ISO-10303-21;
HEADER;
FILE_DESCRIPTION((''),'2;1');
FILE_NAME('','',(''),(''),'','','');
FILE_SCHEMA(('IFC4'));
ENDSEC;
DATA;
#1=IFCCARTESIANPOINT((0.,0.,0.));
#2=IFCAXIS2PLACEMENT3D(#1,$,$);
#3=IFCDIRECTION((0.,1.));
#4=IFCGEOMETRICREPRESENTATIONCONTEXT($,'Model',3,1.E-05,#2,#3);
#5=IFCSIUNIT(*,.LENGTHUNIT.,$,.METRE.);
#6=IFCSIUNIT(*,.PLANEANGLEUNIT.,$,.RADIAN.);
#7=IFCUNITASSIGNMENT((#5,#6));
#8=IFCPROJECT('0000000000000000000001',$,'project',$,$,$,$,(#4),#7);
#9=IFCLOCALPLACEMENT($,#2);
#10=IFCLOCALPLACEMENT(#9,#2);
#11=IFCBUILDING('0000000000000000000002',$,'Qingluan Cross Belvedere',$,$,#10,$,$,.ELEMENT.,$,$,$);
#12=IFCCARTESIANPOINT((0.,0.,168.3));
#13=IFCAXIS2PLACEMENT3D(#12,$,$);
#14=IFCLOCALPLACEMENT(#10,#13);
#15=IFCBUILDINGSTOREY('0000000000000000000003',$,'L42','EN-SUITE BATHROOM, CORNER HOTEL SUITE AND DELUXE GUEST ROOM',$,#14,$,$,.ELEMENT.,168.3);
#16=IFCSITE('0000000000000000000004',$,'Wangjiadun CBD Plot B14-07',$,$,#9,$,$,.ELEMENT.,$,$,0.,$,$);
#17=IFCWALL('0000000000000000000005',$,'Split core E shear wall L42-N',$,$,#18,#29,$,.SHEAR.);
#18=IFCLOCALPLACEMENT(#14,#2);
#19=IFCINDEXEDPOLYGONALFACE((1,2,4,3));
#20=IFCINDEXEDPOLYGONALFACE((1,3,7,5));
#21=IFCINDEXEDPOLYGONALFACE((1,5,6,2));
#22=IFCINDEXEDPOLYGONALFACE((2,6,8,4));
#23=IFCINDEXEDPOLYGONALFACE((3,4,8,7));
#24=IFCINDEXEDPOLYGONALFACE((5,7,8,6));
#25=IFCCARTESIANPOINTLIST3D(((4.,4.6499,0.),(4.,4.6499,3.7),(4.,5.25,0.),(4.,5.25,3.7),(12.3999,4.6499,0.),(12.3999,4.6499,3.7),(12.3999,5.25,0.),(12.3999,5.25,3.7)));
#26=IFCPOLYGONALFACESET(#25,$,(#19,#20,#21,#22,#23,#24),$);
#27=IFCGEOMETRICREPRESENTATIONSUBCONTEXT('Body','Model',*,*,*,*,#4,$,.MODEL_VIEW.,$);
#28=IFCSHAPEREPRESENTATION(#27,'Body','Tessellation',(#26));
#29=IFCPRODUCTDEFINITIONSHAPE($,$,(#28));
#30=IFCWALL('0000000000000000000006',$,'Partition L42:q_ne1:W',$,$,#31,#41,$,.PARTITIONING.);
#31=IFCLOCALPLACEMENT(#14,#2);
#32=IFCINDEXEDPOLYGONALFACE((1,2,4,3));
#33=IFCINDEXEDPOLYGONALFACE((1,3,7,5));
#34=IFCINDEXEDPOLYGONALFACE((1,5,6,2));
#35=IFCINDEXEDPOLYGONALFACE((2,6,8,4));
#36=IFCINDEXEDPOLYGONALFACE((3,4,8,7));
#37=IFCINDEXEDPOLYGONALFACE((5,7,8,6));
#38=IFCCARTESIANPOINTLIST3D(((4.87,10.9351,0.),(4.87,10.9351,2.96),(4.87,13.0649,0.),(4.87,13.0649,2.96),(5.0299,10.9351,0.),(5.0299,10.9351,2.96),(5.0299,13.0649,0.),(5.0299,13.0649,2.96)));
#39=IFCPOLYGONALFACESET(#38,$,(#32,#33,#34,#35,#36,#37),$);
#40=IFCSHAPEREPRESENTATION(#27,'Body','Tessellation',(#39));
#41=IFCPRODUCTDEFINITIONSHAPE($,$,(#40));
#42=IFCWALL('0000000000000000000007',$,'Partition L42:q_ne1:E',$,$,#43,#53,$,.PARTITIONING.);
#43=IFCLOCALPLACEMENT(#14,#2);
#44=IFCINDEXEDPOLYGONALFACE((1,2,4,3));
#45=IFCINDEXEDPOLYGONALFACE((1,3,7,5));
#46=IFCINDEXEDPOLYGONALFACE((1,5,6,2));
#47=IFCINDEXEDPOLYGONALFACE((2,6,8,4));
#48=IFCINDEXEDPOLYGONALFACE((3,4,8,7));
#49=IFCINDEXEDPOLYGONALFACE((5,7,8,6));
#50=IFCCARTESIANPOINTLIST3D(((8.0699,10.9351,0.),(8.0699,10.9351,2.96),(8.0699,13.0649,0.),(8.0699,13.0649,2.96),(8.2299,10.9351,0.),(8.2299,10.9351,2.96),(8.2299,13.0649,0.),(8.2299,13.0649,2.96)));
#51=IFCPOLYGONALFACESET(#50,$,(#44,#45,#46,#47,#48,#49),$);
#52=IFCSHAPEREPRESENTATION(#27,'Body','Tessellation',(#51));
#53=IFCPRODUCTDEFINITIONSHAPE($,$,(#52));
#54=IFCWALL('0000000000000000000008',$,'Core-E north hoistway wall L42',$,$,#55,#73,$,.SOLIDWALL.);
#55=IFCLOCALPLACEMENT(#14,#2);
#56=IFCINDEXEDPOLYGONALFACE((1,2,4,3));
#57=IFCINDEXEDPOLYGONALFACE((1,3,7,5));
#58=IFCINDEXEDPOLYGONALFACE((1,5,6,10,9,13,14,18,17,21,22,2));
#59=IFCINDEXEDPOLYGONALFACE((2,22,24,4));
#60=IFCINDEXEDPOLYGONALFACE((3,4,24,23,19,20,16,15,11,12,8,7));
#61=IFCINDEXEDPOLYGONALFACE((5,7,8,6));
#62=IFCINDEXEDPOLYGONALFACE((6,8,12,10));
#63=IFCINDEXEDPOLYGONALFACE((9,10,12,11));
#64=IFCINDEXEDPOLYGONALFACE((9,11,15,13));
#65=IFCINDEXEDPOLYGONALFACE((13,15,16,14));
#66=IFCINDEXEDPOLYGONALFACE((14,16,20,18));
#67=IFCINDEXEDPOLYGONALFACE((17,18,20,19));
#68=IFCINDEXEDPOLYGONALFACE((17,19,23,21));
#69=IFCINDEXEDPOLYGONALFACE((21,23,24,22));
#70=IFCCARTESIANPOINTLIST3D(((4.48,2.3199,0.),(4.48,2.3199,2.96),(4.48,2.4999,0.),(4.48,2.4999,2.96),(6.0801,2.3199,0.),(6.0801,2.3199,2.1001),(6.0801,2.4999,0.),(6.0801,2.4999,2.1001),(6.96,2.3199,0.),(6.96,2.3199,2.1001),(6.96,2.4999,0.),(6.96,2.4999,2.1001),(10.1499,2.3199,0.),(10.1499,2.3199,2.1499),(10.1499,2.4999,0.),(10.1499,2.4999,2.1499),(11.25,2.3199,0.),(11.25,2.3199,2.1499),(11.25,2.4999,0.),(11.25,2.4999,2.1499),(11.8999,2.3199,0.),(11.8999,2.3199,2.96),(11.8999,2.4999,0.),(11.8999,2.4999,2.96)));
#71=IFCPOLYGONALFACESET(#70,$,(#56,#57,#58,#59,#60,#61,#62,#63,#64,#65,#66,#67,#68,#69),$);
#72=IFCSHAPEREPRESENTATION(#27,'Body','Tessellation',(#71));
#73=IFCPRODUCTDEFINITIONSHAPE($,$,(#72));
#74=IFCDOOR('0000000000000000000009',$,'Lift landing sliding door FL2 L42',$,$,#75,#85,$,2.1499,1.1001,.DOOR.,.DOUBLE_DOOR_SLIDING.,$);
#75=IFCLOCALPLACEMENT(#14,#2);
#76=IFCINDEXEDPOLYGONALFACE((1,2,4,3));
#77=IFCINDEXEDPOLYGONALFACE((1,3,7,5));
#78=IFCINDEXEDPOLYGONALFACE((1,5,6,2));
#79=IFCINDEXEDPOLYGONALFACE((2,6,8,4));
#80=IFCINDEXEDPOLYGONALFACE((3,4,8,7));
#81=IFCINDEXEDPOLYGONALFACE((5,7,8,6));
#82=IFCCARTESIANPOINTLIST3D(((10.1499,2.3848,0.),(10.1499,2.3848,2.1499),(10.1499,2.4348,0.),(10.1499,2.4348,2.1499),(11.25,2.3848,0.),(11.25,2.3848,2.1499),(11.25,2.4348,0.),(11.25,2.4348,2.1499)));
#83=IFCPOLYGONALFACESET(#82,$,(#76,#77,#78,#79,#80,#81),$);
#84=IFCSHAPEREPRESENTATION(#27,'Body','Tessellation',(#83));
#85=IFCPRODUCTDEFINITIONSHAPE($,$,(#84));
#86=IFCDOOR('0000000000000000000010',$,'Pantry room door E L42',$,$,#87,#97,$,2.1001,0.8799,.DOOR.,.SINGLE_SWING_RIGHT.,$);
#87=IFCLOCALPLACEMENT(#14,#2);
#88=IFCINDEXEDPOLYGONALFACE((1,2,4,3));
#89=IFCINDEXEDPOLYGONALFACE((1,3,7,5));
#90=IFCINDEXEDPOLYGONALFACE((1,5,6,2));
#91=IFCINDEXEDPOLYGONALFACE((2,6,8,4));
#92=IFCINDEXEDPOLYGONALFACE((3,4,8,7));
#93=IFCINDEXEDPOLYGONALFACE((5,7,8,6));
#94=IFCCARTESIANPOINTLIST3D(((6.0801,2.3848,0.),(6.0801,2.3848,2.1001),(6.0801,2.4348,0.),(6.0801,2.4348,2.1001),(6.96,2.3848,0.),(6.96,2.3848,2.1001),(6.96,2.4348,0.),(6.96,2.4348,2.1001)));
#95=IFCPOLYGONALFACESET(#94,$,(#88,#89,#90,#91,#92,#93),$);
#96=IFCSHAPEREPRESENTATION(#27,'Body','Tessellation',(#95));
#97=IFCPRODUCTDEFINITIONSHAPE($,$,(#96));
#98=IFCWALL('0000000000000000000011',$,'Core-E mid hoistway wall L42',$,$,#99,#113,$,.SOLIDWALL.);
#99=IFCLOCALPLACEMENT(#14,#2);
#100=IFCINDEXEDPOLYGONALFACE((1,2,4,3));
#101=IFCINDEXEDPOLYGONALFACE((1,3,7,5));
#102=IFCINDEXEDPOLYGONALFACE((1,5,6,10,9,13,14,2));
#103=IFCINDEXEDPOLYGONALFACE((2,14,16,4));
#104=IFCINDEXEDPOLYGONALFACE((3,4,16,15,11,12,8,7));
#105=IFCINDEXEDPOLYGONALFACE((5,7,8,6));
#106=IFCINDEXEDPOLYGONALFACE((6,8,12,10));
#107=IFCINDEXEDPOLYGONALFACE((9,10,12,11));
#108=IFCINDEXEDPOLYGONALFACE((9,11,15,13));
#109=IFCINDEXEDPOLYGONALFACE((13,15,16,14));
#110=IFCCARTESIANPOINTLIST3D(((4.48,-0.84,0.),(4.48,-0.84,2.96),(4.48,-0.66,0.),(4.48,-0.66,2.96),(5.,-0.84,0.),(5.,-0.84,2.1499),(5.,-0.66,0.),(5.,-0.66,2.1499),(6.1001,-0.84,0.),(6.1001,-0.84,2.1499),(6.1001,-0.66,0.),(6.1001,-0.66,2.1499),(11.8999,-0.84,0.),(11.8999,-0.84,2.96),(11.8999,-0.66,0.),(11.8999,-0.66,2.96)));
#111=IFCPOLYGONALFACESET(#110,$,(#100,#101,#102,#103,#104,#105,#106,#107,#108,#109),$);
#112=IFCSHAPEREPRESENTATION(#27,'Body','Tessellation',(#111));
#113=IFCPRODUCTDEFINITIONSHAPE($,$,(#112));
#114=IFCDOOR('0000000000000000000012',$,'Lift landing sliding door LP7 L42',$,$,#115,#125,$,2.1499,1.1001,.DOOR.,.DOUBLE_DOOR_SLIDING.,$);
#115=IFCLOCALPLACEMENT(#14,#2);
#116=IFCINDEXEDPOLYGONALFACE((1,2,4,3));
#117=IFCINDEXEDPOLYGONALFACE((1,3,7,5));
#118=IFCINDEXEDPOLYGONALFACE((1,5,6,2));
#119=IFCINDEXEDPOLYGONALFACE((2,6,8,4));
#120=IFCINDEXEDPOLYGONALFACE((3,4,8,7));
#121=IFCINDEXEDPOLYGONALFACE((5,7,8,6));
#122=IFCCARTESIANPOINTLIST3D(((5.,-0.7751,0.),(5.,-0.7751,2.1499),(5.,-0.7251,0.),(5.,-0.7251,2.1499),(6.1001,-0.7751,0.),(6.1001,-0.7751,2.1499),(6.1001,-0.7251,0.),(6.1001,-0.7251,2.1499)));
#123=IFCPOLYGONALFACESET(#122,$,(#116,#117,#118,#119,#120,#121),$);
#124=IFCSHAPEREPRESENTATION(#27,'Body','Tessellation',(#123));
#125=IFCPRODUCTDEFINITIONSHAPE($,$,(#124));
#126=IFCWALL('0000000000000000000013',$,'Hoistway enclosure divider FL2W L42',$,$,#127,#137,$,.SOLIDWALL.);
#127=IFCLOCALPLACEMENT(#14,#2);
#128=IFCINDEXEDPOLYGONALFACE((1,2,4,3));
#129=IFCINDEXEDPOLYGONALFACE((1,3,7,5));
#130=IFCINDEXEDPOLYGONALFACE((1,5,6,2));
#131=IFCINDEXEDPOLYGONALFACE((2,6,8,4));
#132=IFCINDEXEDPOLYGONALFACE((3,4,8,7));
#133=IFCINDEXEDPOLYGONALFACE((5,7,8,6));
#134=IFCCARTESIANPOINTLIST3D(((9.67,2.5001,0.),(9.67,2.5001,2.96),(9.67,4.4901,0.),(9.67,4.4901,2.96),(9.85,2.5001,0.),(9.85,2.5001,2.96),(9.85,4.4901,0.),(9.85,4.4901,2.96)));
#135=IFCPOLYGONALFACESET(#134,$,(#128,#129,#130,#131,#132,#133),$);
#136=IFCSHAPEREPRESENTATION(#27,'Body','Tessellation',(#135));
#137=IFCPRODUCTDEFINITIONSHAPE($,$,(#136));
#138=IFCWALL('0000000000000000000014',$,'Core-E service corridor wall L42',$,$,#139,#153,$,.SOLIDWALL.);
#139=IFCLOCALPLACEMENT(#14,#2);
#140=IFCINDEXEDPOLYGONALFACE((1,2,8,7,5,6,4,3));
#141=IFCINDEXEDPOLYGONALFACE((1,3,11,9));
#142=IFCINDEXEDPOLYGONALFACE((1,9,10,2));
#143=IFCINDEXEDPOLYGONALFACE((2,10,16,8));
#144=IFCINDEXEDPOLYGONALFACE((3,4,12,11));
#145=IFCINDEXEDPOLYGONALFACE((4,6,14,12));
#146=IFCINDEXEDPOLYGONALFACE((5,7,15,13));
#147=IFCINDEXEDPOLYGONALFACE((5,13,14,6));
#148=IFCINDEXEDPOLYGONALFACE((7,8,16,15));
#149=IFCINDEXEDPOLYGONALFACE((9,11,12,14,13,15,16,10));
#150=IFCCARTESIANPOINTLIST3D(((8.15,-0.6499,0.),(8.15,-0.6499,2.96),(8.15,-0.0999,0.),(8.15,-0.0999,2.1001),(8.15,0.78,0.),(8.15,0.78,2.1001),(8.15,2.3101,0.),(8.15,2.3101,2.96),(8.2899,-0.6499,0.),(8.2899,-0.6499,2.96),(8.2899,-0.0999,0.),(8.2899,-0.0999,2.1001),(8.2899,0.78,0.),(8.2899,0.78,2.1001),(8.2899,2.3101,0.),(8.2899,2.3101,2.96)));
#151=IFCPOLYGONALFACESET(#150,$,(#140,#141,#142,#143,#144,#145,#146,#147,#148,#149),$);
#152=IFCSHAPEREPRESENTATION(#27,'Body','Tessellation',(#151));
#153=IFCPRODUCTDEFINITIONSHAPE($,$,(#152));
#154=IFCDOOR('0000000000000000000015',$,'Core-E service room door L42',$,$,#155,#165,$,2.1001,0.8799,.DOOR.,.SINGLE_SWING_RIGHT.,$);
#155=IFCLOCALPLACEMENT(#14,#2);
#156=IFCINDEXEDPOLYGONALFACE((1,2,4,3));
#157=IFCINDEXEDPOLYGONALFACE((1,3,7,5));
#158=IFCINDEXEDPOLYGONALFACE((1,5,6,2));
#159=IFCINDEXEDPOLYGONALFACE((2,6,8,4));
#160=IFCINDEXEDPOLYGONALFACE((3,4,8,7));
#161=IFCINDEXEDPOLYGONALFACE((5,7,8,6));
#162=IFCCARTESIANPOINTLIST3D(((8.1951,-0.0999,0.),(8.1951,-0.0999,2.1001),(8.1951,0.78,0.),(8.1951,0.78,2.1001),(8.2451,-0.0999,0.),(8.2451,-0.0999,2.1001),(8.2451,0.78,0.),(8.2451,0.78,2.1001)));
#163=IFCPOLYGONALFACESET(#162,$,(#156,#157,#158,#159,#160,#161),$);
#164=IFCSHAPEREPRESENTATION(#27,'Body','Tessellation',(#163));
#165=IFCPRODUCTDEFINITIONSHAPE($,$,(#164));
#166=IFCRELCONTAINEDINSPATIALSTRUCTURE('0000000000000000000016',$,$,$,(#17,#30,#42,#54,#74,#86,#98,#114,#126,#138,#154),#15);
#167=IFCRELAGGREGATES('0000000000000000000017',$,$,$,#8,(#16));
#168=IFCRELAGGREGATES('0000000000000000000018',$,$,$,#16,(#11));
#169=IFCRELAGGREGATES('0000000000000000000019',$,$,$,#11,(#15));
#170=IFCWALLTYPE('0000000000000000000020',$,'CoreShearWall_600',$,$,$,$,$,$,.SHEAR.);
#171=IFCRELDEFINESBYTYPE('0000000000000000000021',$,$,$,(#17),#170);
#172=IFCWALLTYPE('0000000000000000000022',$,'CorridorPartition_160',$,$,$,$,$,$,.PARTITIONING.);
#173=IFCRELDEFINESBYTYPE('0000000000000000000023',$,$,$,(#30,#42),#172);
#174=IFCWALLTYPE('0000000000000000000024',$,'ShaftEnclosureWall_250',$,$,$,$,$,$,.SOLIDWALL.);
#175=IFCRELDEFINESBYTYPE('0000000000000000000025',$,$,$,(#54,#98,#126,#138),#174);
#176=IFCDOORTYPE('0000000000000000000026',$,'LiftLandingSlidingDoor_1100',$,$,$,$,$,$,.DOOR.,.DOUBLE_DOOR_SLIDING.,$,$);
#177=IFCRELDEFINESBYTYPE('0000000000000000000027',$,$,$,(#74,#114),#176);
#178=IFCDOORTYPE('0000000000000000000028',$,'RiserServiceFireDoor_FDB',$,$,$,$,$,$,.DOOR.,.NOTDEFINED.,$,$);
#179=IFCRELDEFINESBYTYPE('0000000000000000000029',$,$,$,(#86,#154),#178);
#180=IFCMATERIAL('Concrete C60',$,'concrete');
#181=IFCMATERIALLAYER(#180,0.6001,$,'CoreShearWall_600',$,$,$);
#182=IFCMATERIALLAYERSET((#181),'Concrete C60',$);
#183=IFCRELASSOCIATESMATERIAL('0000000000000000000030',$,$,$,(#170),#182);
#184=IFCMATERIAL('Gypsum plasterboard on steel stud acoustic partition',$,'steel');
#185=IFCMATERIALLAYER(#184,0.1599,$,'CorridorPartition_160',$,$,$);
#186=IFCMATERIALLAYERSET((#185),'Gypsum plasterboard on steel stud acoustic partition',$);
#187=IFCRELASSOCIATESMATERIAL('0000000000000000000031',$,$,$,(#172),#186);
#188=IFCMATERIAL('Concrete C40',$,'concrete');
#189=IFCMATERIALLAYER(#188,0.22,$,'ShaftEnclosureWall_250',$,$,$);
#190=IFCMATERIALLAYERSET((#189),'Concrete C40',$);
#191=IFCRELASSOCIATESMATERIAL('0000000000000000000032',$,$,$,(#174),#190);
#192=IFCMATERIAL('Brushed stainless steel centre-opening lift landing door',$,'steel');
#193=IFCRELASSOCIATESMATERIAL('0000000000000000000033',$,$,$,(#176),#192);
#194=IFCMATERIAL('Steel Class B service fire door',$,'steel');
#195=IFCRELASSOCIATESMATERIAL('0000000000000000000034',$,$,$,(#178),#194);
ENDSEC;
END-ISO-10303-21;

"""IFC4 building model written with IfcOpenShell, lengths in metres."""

from ifc_helpers import new_model, si_unit, direction, frame, frame_2d, origin, place, context, subcontext, project, spatial, rectangle, extrude, material, layer, layer_set, type_object, element, fill, save


model = new_model("IFC4")

# Units and contexts
model_context = context("Model", 3, precision=1e-05, world=origin(), true_north=direction((0.0, 1.0)))
body_context = subcontext(model_context, "Body", "Model", "MODEL_VIEW")
ifc_project = project(units=[si_unit("LENGTHUNIT", "METRE"), si_unit("PLANEANGLEUNIT", "RADIAN")], contexts=[model_context])

# Site, building, storey
site_placement = place(None, origin())
site = spatial("IfcSite", under=ifc_project, at=site_placement, Name="Wangjiadun CBD Plot B14-07", CompositionType="ELEMENT", RefElevation=0.0)
building_placement = place(site_placement, origin())
building = spatial("IfcBuilding", under=site, at=building_placement, Name="Qingluan Cross Belvedere", CompositionType="ELEMENT")
storey_placement = place(building_placement, frame((0.0, 0.0, 168.3)))
storey = spatial("IfcBuildingStorey", under=building, at=storey_placement, Name="L42", Description="EN-SUITE BATHROOM, CORNER HOTEL SUITE AND DELUXE GUEST ROOM", CompositionType="ELEMENT", Elevation=168.3)

# Wall
ifc_material_1 = material(Name="Concrete C60", Category="concrete")
ifc_layer_1 = layer(ifc_material_1, 0.6001, Name="CoreShearWall_600")
ifc_layer_set_1 = layer_set([ifc_layer_1], Name="Concrete C60")
wall_type_1 = type_object("IfcWallType", Name="CoreShearWall_600", PredefinedType="SHEAR", material=ifc_layer_set_1)
wall_1_placement = place(storey_placement, frame((4.0, 4.95, 0.0), z_axis=(0.0, 0.0, 1.0), x_axis=(1.0, 0.0, 0.0)))
element("IfcWall", 1, at=wall_1_placement, inside=storey, type_object=wall_type_1, Name="Split core E shear wall L42-N", PredefinedType="SHEAR", context=body_context, shape_type="SweptSolid", body=[
    extrude(rectangle(XDim=8.3999, YDim=0.6001, at=frame_2d((4.2, 0.0))), origin(), (0.0, 0.0, 1.0), 3.7),
])

# Shared definitions
ifc_material_2 = material(Name="Gypsum plasterboard on steel stud acoustic partition", Category="steel")
ifc_layer_2 = layer(ifc_material_2, 0.1599, Name="CorridorPartition_160")
ifc_layer_set_2 = layer_set([ifc_layer_2], Name="Gypsum plasterboard on steel stud acoustic partition")
wall_type_2 = type_object("IfcWallType", Name="CorridorPartition_160", PredefinedType="PARTITIONING", material=ifc_layer_set_2)

# Walls
for number, where, z_axis, x_axis, name in (
    (2, (4.95, 10.9351, 0.0), (0.0, 0.0, 1.0), (0.0, 1.0, 0.0), "Partition L42:q_ne1:W"),
    (3, (8.1499, 10.9351, 0.0), (0.0, 0.0, 1.0), (0.0, 1.0, 0.0), "Partition L42:q_ne1:E"),
):
    element("IfcWall", number, at=place(storey_placement, frame(where, z_axis=z_axis, x_axis=x_axis)), inside=storey, type_object=wall_type_2, Name=name, PredefinedType="PARTITIONING", context=body_context, shape_type="SweptSolid", body=[
        extrude(rectangle(XDim=2.1299, YDim=0.1599, at=frame_2d((1.0649, 0.0))), origin(), (0.0, 0.0, 1.0), 2.96),
    ])

# Wall, openings, doors
ifc_material_3 = material(Name="Concrete C40", Category="concrete")
ifc_layer_3 = layer(ifc_material_3, 0.22, Name="ShaftEnclosureWall_250")
ifc_layer_set_3 = layer_set([ifc_layer_3], Name="Concrete C40")
wall_type_3 = type_object("IfcWallType", Name="ShaftEnclosureWall_250", PredefinedType="SOLIDWALL", material=ifc_layer_set_3)
wall_2_placement = place(storey_placement, frame((4.48, 2.4099, 0.0), z_axis=(0.0, 0.0, 1.0), x_axis=(1.0, 0.0, 0.0)))
wall_2 = element("IfcWall", 4, at=wall_2_placement, inside=storey, type_object=wall_type_3, Name="Core-E north hoistway wall L42", PredefinedType="SOLIDWALL", context=body_context, shape_type="SweptSolid", body=[
    extrude(rectangle(XDim=7.4199, YDim=0.1799, at=frame_2d((3.71, 0.0))), origin(), (0.0, 0.0, 1.0), 2.96),
])
opening_1_placement = place(wall_2_placement, frame((5.6699, 0.0, 0.0)))
opening_1 = element("IfcOpeningElement", 5, at=opening_1_placement, cuts=wall_2, PredefinedType="OPENING", context=body_context, shape_type="SweptSolid", body=[
    extrude(rectangle(XDim=1.1001, YDim=2.1499, at=frame_2d((0.55, 1.075))), frame((0.0, 0.0999, 0.0), z_axis=(0.0, -1.0, 0.0), x_axis=(1.0, 0.0, 0.0)), (0.0, 0.0, 1.0), 0.2),
])
opening_2_placement = place(wall_2_placement, frame((1.6001, 0.0, 0.0)))
opening_2 = element("IfcOpeningElement", 6, at=opening_2_placement, cuts=wall_2, PredefinedType="OPENING", context=body_context, shape_type="SweptSolid", body=[
    extrude(rectangle(XDim=0.8799, YDim=2.1001, at=frame_2d((0.4399, 1.05))), frame((0.0, 0.0999, 0.0), z_axis=(0.0, -1.0, 0.0), x_axis=(1.0, 0.0, 0.0)), (0.0, 0.0, 1.0), 0.2),
])
ifc_material_4 = material(Name="Brushed stainless steel centre-opening lift landing door", Category="steel")
door_type_1 = type_object("IfcDoorType", Name="LiftLandingSlidingDoor_1100", OperationType="DOUBLE_DOOR_SLIDING", PredefinedType="DOOR", material=ifc_material_4)
door_1_placement = place(opening_1_placement, origin())
door_1 = element("IfcDoor", 7, at=door_1_placement, inside=storey, type_object=door_type_1, Name="Lift landing sliding door FL2 L42", OperationType="DOUBLE_DOOR_SLIDING", OverallHeight=2.1499, OverallWidth=1.1001, PredefinedType="DOOR", context=body_context, shape_type="SweptSolid", body=[
    extrude(rectangle(XDim=1.1001, YDim=2.1499, at=frame_2d((0.55, 1.075))), frame((0.0, 0.0249, 0.0), z_axis=(0.0, -1.0, 0.0), x_axis=(1.0, 0.0, 0.0)), (0.0, 0.0, 1.0), 0.05),
])
fill(opening_1, door_1)
ifc_material_5 = material(Name="Steel Class B service fire door", Category="steel")
door_type_2 = type_object("IfcDoorType", Name="RiserServiceFireDoor_FDB", OperationType="NOTDEFINED", PredefinedType="DOOR", material=ifc_material_5)
door_2_placement = place(opening_2_placement, origin())
door_2 = element("IfcDoor", 8, at=door_2_placement, inside=storey, type_object=door_type_2, Name="Pantry room door E L42", OperationType="SINGLE_SWING_RIGHT", OverallHeight=2.1001, OverallWidth=0.8799, PredefinedType="DOOR", context=body_context, shape_type="SweptSolid", body=[
    extrude(rectangle(XDim=0.8799, YDim=2.1001, at=frame_2d((0.4399, 1.05))), frame((0.0, 0.0249, 0.0), z_axis=(0.0, -1.0, 0.0), x_axis=(1.0, 0.0, 0.0)), (0.0, 0.0, 1.0), 0.05),
])
fill(opening_2, door_2)

# Wall, opening, door
wall_3_placement = place(storey_placement, frame((4.48, -0.75, 0.0), z_axis=(0.0, 0.0, 1.0), x_axis=(1.0, 0.0, 0.0)))
wall_3 = element("IfcWall", 9, at=wall_3_placement, inside=storey, type_object=wall_type_3, Name="Core-E mid hoistway wall L42", PredefinedType="SOLIDWALL", context=body_context, shape_type="SweptSolid", body=[
    extrude(rectangle(XDim=7.4199, YDim=0.1799, at=frame_2d((3.71, 0.0))), origin(), (0.0, 0.0, 1.0), 2.96),
])
opening_3_placement = place(wall_3_placement, frame((0.52, 0.0, 0.0)))
opening_3 = element("IfcOpeningElement", 10, at=opening_3_placement, cuts=wall_3, PredefinedType="OPENING", context=body_context, shape_type="SweptSolid", body=[
    extrude(rectangle(XDim=1.1001, YDim=2.1499, at=frame_2d((0.55, 1.075))), frame((0.0, 0.0999, 0.0), z_axis=(0.0, -1.0, 0.0), x_axis=(1.0, 0.0, 0.0)), (0.0, 0.0, 1.0), 0.2),
])
door_3_placement = place(opening_3_placement, origin())
door_3 = element("IfcDoor", 11, at=door_3_placement, inside=storey, type_object=door_type_1, Name="Lift landing sliding door LP7 L42", OperationType="DOUBLE_DOOR_SLIDING", OverallHeight=2.1499, OverallWidth=1.1001, PredefinedType="DOOR", context=body_context, shape_type="SweptSolid", body=[
    extrude(rectangle(XDim=1.1001, YDim=2.1499, at=frame_2d((0.55, 1.075))), frame((0.0, 0.0249, 0.0), z_axis=(0.0, -1.0, 0.0), x_axis=(1.0, 0.0, 0.0)), (0.0, 0.0, 1.0), 0.05),
])
fill(opening_3, door_3)

# Wall
wall_4_placement = place(storey_placement, frame((9.76, 2.5, 0.0), z_axis=(0.0, 0.0, 1.0), x_axis=(0.0, 1.0, 0.0)))
element("IfcWall", 12, at=wall_4_placement, inside=storey, type_object=wall_type_3, Name="Hoistway enclosure divider FL2W L42", PredefinedType="SOLIDWALL", context=body_context, shape_type="SweptSolid", body=[
    extrude(rectangle(XDim=1.99, YDim=0.1799, at=frame_2d((0.9951, 0.0))), origin(), (0.0, 0.0, 1.0), 2.96),
])

# Wall, opening, door
wall_5_placement = place(storey_placement, frame((8.22, -0.6499, 0.0), z_axis=(0.0, 0.0, 1.0), x_axis=(0.0, 1.0, 0.0)))
wall_5 = element("IfcWall", 13, at=wall_5_placement, inside=storey, type_object=wall_type_3, Name="Core-E service corridor wall L42", PredefinedType="SOLIDWALL", context=body_context, shape_type="SweptSolid", body=[
    extrude(rectangle(XDim=2.96, YDim=0.1399, at=frame_2d((1.48, 0.0))), origin(), (0.0, 0.0, 1.0), 2.96),
])
opening_4_placement = place(wall_5_placement, frame((0.55, 0.0, 0.0)))
opening_4 = element("IfcOpeningElement", 14, at=opening_4_placement, cuts=wall_5, PredefinedType="OPENING", context=body_context, shape_type="SweptSolid", body=[
    extrude(rectangle(XDim=0.8799, YDim=2.1001, at=frame_2d((0.4399, 1.05))), frame((0.0, 0.0798, 0.0), z_axis=(0.0, -1.0, 0.0), x_axis=(1.0, 0.0, 0.0)), (0.0, 0.0, 1.0), 0.1599),
])
door_4_placement = place(opening_4_placement, origin())
door_4 = element("IfcDoor", 15, at=door_4_placement, inside=storey, type_object=door_type_2, Name="Core-E service room door L42", OperationType="SINGLE_SWING_RIGHT", OverallHeight=2.1001, OverallWidth=0.8799, PredefinedType="DOOR", context=body_context, shape_type="SweptSolid", body=[
    extrude(rectangle(XDim=0.8799, YDim=2.1001, at=frame_2d((0.4399, 1.05))), frame((0.0, 0.0249, 0.0), z_axis=(0.0, -1.0, 0.0), x_axis=(1.0, 0.0, 0.0)), (0.0, 0.0, 1.0), 0.05),
])
fill(opening_4, door_4)

save(model, "model.ifc")
